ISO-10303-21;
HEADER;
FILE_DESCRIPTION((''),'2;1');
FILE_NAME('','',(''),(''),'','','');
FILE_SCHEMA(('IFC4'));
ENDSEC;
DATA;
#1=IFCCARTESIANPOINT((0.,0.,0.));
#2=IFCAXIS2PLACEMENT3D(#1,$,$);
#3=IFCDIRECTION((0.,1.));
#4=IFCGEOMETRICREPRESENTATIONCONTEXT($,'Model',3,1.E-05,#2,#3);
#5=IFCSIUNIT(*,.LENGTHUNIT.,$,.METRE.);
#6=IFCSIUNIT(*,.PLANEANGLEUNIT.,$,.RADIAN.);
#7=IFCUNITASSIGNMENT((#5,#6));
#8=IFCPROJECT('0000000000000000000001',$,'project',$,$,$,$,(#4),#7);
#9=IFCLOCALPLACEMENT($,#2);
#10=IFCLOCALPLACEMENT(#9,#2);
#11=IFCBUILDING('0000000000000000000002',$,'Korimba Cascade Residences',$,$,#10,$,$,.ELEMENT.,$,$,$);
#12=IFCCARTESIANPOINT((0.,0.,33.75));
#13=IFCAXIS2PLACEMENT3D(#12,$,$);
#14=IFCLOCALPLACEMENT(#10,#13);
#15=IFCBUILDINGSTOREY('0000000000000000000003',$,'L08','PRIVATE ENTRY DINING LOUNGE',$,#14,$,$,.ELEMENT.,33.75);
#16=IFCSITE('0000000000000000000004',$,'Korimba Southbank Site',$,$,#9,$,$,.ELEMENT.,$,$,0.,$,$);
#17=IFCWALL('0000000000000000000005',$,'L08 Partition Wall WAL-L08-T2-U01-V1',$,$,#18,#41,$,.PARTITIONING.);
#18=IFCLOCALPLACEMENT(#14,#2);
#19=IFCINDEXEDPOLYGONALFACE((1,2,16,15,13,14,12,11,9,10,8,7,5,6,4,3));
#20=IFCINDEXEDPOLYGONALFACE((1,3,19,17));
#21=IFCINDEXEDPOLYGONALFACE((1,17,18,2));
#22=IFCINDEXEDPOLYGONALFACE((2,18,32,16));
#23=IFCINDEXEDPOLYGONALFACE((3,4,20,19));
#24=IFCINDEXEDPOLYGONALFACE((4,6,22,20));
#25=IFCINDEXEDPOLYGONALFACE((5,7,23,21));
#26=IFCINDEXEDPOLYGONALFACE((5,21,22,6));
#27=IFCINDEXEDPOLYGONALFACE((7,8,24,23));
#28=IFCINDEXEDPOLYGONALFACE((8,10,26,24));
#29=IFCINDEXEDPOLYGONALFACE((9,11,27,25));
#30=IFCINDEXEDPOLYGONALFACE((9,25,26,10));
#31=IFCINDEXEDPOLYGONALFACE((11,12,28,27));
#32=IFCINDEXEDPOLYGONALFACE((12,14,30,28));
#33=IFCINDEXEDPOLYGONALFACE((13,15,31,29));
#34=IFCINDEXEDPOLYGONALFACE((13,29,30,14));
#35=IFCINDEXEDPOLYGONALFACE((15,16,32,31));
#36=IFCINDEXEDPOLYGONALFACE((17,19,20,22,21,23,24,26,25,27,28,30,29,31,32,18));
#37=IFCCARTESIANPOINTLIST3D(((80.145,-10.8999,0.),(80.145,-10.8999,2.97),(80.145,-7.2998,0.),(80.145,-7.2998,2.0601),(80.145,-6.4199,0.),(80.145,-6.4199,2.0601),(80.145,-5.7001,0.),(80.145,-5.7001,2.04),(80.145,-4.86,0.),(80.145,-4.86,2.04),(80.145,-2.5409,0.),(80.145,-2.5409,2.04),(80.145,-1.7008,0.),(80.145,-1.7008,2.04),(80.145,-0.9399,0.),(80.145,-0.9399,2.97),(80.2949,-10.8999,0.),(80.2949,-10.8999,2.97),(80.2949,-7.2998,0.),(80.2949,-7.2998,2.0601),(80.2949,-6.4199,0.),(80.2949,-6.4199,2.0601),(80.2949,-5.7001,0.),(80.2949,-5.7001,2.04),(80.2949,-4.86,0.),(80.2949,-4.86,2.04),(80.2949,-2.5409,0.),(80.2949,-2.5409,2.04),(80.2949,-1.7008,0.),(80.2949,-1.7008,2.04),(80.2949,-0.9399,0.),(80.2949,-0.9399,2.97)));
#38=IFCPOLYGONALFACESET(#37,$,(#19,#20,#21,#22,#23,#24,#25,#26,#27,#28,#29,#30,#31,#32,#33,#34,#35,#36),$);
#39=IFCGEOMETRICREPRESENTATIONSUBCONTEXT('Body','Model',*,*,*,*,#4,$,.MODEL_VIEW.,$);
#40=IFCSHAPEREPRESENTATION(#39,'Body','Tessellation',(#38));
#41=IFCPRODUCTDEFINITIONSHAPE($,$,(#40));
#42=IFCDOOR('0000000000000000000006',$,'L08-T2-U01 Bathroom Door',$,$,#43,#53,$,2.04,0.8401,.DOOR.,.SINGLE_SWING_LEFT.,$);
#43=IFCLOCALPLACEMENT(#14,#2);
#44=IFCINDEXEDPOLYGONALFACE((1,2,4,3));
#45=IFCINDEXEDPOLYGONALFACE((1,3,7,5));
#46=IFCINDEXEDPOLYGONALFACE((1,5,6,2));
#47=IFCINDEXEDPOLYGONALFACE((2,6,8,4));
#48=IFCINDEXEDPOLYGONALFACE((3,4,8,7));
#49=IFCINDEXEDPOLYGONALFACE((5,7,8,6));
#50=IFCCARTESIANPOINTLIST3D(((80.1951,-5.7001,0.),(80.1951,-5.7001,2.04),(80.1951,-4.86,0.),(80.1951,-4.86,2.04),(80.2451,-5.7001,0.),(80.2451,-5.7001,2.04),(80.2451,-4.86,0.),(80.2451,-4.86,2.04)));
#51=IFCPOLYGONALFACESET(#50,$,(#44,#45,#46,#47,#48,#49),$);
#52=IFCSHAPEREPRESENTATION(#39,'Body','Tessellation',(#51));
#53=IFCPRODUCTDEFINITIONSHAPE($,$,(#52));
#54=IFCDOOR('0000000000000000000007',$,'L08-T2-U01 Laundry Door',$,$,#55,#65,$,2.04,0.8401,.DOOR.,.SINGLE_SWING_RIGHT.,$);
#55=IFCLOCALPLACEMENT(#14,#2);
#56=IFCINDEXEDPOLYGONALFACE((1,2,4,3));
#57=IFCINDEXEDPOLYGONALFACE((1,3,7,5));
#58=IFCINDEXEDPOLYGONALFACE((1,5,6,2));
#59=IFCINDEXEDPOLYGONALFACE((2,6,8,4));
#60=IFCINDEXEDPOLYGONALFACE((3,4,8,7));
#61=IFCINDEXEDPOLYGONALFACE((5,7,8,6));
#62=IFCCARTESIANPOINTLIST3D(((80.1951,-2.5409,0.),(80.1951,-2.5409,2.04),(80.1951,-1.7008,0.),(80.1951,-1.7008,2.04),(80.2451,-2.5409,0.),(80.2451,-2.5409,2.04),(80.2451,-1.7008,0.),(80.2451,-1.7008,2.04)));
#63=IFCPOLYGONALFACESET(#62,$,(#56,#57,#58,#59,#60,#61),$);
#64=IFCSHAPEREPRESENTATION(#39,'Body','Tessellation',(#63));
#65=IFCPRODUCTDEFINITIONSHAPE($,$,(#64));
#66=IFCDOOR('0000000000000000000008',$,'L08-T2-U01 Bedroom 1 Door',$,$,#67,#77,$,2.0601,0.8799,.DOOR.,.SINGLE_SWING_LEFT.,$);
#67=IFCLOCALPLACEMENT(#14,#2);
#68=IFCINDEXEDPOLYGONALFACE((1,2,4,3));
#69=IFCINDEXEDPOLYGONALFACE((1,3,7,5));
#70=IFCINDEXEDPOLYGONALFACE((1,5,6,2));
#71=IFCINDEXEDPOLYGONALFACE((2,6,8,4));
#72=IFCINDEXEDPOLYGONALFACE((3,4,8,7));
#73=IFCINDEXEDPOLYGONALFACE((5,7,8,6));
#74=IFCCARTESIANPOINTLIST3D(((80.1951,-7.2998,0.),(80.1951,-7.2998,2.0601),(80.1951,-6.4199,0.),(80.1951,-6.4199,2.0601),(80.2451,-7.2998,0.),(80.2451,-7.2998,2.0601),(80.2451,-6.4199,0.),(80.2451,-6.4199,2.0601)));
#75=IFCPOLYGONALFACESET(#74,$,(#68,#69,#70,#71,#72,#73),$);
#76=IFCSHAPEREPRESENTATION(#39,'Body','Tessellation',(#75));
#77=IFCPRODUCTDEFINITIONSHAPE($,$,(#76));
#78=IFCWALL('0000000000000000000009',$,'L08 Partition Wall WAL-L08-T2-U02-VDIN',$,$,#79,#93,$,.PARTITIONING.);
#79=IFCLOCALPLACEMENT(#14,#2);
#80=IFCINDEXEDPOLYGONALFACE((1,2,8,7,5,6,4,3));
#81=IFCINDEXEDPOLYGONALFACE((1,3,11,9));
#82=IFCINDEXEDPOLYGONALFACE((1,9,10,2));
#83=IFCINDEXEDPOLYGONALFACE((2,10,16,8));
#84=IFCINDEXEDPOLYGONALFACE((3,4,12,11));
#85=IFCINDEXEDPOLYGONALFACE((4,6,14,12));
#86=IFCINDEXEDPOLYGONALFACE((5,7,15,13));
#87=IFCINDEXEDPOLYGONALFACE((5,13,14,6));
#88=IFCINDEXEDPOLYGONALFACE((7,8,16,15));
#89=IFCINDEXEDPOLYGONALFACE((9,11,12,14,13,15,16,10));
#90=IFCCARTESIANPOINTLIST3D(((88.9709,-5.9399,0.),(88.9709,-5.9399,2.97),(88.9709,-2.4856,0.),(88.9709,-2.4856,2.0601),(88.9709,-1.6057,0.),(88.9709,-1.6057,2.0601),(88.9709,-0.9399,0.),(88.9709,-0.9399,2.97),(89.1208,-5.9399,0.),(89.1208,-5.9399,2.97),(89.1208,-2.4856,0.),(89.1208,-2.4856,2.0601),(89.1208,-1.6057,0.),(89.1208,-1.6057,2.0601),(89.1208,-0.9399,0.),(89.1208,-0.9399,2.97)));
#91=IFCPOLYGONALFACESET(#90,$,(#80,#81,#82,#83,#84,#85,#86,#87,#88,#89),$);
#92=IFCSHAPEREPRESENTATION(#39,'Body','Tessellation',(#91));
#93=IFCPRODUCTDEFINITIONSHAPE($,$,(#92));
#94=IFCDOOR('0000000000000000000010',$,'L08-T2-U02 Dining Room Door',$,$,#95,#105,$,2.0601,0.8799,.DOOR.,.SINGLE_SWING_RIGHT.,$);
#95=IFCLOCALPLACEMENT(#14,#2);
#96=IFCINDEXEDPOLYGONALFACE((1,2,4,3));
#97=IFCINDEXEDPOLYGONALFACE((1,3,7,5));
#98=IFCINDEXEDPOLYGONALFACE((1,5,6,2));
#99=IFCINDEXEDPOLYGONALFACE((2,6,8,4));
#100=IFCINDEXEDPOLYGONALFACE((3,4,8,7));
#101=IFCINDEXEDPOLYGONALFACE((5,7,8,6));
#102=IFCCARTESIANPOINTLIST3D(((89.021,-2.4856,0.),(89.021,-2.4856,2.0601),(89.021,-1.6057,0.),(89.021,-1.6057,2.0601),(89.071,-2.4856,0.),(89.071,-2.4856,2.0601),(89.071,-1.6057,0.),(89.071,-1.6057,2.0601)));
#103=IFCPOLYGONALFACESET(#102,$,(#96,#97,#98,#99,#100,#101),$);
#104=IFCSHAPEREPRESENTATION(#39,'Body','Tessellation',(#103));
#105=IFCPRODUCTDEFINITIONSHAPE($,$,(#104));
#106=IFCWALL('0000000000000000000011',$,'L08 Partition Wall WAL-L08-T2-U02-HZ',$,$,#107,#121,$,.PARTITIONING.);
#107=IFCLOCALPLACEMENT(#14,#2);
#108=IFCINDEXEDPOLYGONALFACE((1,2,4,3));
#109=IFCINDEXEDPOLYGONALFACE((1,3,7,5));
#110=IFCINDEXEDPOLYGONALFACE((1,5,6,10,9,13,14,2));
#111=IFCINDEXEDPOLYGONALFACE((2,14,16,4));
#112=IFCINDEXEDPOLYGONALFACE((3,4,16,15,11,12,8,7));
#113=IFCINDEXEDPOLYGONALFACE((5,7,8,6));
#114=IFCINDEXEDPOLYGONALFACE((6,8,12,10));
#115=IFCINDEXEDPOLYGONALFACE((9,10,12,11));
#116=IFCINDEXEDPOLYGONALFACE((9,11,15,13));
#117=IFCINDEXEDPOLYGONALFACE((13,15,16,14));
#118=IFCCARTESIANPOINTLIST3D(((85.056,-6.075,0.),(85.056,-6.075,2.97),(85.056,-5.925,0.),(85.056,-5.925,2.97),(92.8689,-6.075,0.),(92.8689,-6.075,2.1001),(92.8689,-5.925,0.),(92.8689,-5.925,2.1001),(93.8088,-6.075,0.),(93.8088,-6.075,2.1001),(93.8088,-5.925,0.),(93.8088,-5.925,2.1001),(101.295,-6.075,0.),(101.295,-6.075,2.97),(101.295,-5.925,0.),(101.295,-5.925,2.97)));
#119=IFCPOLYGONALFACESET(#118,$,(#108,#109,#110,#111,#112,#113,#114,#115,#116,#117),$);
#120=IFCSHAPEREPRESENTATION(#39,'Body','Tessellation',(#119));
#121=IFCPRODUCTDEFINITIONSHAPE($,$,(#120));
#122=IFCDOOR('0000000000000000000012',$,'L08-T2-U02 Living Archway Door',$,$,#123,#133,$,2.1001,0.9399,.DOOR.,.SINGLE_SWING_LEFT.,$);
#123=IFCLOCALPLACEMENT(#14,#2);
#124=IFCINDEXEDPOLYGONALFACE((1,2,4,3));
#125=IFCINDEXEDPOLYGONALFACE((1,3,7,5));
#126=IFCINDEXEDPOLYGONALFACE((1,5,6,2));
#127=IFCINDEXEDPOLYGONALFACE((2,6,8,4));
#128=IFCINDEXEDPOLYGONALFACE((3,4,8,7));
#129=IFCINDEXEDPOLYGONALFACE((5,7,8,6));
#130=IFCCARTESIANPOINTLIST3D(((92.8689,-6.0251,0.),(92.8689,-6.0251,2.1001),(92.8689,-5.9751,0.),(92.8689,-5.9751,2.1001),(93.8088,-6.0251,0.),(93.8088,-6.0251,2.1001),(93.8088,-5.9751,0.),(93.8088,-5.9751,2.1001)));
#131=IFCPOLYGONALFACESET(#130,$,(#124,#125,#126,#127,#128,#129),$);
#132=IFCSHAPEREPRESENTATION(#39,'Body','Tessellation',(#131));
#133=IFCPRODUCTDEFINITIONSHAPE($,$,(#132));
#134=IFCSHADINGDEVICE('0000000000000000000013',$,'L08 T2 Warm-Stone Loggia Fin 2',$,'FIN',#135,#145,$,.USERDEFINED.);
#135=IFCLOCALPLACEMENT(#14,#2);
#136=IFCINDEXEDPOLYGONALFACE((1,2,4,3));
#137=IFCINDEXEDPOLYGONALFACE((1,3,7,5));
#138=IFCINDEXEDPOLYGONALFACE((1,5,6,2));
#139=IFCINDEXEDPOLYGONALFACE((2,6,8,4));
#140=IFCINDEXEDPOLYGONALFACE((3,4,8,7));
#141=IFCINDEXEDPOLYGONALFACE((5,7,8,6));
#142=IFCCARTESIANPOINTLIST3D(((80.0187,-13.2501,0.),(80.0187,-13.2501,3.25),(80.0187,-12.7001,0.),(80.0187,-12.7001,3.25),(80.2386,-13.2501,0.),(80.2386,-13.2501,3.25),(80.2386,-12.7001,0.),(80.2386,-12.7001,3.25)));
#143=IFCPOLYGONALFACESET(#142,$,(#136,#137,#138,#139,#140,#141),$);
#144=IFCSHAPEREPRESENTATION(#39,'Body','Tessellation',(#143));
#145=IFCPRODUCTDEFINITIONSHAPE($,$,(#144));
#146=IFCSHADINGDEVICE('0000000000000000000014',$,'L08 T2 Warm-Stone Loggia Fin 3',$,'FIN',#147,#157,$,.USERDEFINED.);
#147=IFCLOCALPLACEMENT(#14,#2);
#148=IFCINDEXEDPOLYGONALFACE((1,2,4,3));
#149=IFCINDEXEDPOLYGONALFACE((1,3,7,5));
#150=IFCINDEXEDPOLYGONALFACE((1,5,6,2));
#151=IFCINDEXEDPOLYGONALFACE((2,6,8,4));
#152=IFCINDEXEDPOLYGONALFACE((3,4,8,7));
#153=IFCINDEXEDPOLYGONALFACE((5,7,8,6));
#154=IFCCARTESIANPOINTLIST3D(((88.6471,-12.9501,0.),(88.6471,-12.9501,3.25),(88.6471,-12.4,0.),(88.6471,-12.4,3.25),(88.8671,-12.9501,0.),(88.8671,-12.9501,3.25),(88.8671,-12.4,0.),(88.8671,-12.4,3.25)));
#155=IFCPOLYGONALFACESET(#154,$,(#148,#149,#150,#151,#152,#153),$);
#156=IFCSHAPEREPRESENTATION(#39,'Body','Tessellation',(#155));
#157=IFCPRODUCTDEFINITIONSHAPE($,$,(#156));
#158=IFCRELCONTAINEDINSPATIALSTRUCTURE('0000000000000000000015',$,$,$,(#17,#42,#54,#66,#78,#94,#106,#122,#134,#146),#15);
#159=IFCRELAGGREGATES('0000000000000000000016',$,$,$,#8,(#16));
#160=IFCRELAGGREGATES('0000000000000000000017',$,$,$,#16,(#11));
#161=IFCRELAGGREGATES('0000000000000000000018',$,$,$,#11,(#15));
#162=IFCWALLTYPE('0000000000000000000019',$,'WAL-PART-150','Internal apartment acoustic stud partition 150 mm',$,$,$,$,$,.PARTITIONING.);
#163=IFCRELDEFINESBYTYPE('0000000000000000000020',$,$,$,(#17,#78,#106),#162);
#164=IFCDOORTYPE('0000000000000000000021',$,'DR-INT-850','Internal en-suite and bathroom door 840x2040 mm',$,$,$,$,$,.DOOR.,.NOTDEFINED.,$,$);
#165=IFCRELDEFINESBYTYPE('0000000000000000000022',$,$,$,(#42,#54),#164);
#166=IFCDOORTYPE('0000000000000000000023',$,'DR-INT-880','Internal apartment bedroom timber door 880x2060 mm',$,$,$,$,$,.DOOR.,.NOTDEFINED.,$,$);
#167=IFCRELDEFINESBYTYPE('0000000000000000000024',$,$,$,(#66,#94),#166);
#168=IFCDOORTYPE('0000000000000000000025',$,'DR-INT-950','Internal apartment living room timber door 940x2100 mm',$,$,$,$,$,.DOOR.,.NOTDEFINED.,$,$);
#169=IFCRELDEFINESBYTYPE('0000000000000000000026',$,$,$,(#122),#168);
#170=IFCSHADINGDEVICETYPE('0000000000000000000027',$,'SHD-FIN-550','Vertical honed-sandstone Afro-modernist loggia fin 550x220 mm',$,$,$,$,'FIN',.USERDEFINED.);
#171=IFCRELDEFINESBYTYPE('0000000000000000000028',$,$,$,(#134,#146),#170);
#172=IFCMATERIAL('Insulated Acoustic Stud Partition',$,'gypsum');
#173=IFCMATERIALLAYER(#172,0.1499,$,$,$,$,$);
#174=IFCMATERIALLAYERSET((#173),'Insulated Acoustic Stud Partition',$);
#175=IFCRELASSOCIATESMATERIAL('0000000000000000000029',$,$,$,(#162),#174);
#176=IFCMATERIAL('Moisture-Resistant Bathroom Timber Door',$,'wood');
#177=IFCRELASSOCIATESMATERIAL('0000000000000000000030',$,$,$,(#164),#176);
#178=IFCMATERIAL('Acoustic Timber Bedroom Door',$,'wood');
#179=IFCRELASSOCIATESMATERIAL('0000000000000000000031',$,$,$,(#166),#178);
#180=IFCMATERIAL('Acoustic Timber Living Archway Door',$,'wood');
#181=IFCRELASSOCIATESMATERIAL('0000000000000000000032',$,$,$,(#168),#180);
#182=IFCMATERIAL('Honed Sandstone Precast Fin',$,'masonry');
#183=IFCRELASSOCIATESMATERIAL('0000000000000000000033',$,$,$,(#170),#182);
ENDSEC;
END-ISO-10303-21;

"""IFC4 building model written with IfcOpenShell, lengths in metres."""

from ifc_helpers import new_model, si_unit, direction, frame, frame_2d, origin, origin_2d, place, context, subcontext, project, spatial, rectangle, extrude, material, layer, layer_set, type_object, element, fill, save


model = new_model("IFC4")

# Units and contexts
model_context = context("Model", 3, precision=1e-05, world=origin(), true_north=direction((0.0, 1.0)))
body_context = subcontext(model_context, "Body", "Model", "MODEL_VIEW")
ifc_project = project(units=[si_unit("LENGTHUNIT", "METRE"), si_unit("PLANEANGLEUNIT", "RADIAN")], contexts=[model_context])

# Site, building, storey
site_placement = place(None, origin())
site = spatial("IfcSite", under=ifc_project, at=site_placement, Name="Korimba Southbank Site", CompositionType="ELEMENT", RefElevation=0.0)
building_placement = place(site_placement, origin())
building = spatial("IfcBuilding", under=site, at=building_placement, Name="Korimba Cascade Residences", CompositionType="ELEMENT")
storey_placement = place(building_placement, frame((0.0, 0.0, 33.75)))
storey = spatial("IfcBuildingStorey", under=building, at=storey_placement, Name="L08", Description="PRIVATE ENTRY DINING LOUNGE", CompositionType="ELEMENT", Elevation=33.75)

# Wall, openings, doors
ifc_material_1 = material(Name="Insulated Acoustic Stud Partition", Category="gypsum")
ifc_layer_1 = layer(ifc_material_1, 0.1499)
ifc_layer_set_1 = layer_set([ifc_layer_1], Name="Insulated Acoustic Stud Partition")
wall_type_1 = type_object("IfcWallType", Name="WAL-PART-150", Description="Internal apartment acoustic stud partition 150 mm", PredefinedType="PARTITIONING", material=ifc_layer_set_1)
wall_1_placement = place(storey_placement, frame((80.22, -10.8999, 0.0), z_axis=(0.0, 0.0, 1.0), x_axis=(0.0, 1.0, 0.0)))
wall_1 = element("IfcWall", 1, at=wall_1_placement, inside=storey, type_object=wall_type_1, Name="L08 Partition Wall WAL-L08-T2-U01-V1", PredefinedType="PARTITIONING", context=body_context, shape_type="SweptSolid", body=[
    extrude(rectangle(XDim=9.96, YDim=0.1499, at=frame_2d((4.98, 0.0))), origin(), (0.0, 0.0, 1.0), 2.97),
])
opening_1_placement = place(wall_1_placement, frame((5.2, 0.0, 0.0)))
opening_1 = element("IfcOpeningElement", 2, at=opening_1_placement, cuts=wall_1, PredefinedType="OPENING", context=body_context, shape_type="SweptSolid", body=[
    extrude(rectangle(XDim=0.8401, YDim=2.04, at=frame_2d((0.4199, 1.02))), frame((0.0, 0.085, 0.0), z_axis=(0.0, -1.0, 0.0), x_axis=(1.0, 0.0, 0.0)), (0.0, 0.0, 1.0), 0.1699),
])
opening_2_placement = place(wall_1_placement, frame((8.3591, 0.0, 0.0)))
opening_2 = element("IfcOpeningElement", 3, at=opening_2_placement, cuts=wall_1, PredefinedType="OPENING", context=body_context, shape_type="SweptSolid", body=[
    extrude(rectangle(XDim=0.8401, YDim=2.04, at=frame_2d((0.4199, 1.02))), frame((0.0, 0.085, 0.0), z_axis=(0.0, -1.0, 0.0), x_axis=(1.0, 0.0, 0.0)), (0.0, 0.0, 1.0), 0.1699),
])
opening_3_placement = place(wall_1_placement, frame((3.6001, 0.0, 0.0)))
opening_3 = element("IfcOpeningElement", 4, at=opening_3_placement, cuts=wall_1, PredefinedType="OPENING", context=body_context, shape_type="SweptSolid", body=[
    extrude(rectangle(XDim=0.8799, YDim=2.0601, at=frame_2d((0.4399, 1.03))), frame((0.0, 0.085, 0.0), z_axis=(0.0, -1.0, 0.0), x_axis=(1.0, 0.0, 0.0)), (0.0, 0.0, 1.0), 0.1699),
])
ifc_material_2 = material(Name="Moisture-Resistant Bathroom Timber Door", Category="wood")
door_type_1 = type_object("IfcDoorType", Name="DR-INT-850", Description="Internal en-suite and bathroom door 840x2040 mm", OperationType="NOTDEFINED", PredefinedType="DOOR", material=ifc_material_2)
door_1_placement = place(opening_1_placement, origin())
door_1 = element("IfcDoor", 5, at=door_1_placement, inside=storey, type_object=door_type_1, Name="L08-T2-U01 Bathroom Door", OperationType="SINGLE_SWING_LEFT", OverallHeight=2.04, OverallWidth=0.8401, PredefinedType="DOOR", context=body_context, shape_type="SweptSolid", body=[
    extrude(rectangle(XDim=0.8401, YDim=2.04, at=frame_2d((0.4199, 1.02))), frame((0.0, 0.0249, 0.0), z_axis=(0.0, -1.0, 0.0), x_axis=(1.0, 0.0, 0.0)), (0.0, 0.0, 1.0), 0.05),
])
fill(opening_1, door_1)
door_2_placement = place(opening_2_placement, origin())
door_2 = element("IfcDoor", 6, at=door_2_placement, inside=storey, type_object=door_type_1, Name="L08-T2-U01 Laundry Door", OperationType="SINGLE_SWING_RIGHT", OverallHeight=2.04, OverallWidth=0.8401, PredefinedType="DOOR", context=body_context, shape_type="SweptSolid", body=[
    extrude(rectangle(XDim=0.8401, YDim=2.04, at=frame_2d((0.4199, 1.02))), frame((0.0, 0.0249, 0.0), z_axis=(0.0, -1.0, 0.0), x_axis=(1.0, 0.0, 0.0)), (0.0, 0.0, 1.0), 0.05),
])
fill(opening_2, door_2)
ifc_material_3 = material(Name="Acoustic Timber Bedroom Door", Category="wood")
door_type_2 = type_object("IfcDoorType", Name="DR-INT-880", Description="Internal apartment bedroom timber door 880x2060 mm", OperationType="NOTDEFINED", PredefinedType="DOOR", material=ifc_material_3)
door_3_placement = place(opening_3_placement, origin())
door_3 = element("IfcDoor", 7, at=door_3_placement, inside=storey, type_object=door_type_2, Name="L08-T2-U01 Bedroom 1 Door", OperationType="SINGLE_SWING_LEFT", OverallHeight=2.0601, OverallWidth=0.8799, PredefinedType="DOOR", context=body_context, shape_type="SweptSolid", body=[
    extrude(rectangle(XDim=0.8799, YDim=2.0601, at=frame_2d((0.4399, 1.03))), frame((0.0, 0.0249, 0.0), z_axis=(0.0, -1.0, 0.0), x_axis=(1.0, 0.0, 0.0)), (0.0, 0.0, 1.0), 0.05),
])
fill(opening_3, door_3)

# Walls, openings, doors
wall_2_placement = place(storey_placement, frame((89.0459, -5.9399, 0.0), z_axis=(0.0, 0.0, 1.0), x_axis=(0.0, 1.0, 0.0)))
wall_2 = element("IfcWall", 8, at=wall_2_placement, inside=storey, type_object=wall_type_1, Name="L08 Partition Wall WAL-L08-T2-U02-VDIN", PredefinedType="PARTITIONING", context=body_context, shape_type="SweptSolid", body=[
    extrude(rectangle(XDim=5.0, YDim=0.1499, at=frame_2d((2.5, 0.0))), origin(), (0.0, 0.0, 1.0), 2.97),
])
opening_4_placement = place(wall_2_placement, frame((3.4543, 0.0, 0.0)))
opening_4 = element("IfcOpeningElement", 9, at=opening_4_placement, cuts=wall_2, PredefinedType="OPENING", context=body_context, shape_type="SweptSolid", body=[
    extrude(rectangle(XDim=0.8799, YDim=2.0601, at=frame_2d((0.4399, 1.03))), frame((0.0, 0.085, 0.0), z_axis=(0.0, -1.0, 0.0), x_axis=(1.0, 0.0, 0.0)), (0.0, 0.0, 1.0), 0.1699),
])
door_4_placement = place(opening_4_placement, origin())
door_4 = element("IfcDoor", 10, at=door_4_placement, inside=storey, type_object=door_type_2, Name="L08-T2-U02 Dining Room Door", OperationType="SINGLE_SWING_RIGHT", OverallHeight=2.0601, OverallWidth=0.8799, PredefinedType="DOOR", context=body_context, shape_type="SweptSolid", body=[
    extrude(rectangle(XDim=0.8799, YDim=2.0601, at=frame_2d((0.4399, 1.03))), frame((0.0, 0.0249, 0.0), z_axis=(0.0, -1.0, 0.0), x_axis=(1.0, 0.0, 0.0)), (0.0, 0.0, 1.0), 0.05),
])
fill(opening_4, door_4)
wall_3_placement = place(storey_placement, frame((85.0559, -6.0, 0.0), z_axis=(0.0, 0.0, 1.0), x_axis=(1.0, 0.0, 0.0)))
wall_3 = element("IfcWall", 11, at=wall_3_placement, inside=storey, type_object=wall_type_1, Name="L08 Partition Wall WAL-L08-T2-U02-HZ", PredefinedType="PARTITIONING", context=body_context, shape_type="SweptSolid", body=[
    extrude(rectangle(XDim=16.239, YDim=0.1499, at=frame_2d((8.1196, 0.0))), origin(), (0.0, 0.0, 1.0), 2.97),
])
opening_5_placement = place(wall_3_placement, frame((7.813, 0.0, 0.0)))
opening_5 = element("IfcOpeningElement", 12, at=opening_5_placement, cuts=wall_3, PredefinedType="OPENING", context=body_context, shape_type="SweptSolid", body=[
    extrude(rectangle(XDim=0.9399, YDim=2.1001, at=frame_2d((0.47, 1.05))), frame((0.0, 0.085, 0.0), z_axis=(0.0, -1.0, 0.0), x_axis=(1.0, 0.0, 0.0)), (0.0, 0.0, 1.0), 0.1699),
])
ifc_material_4 = material(Name="Acoustic Timber Living Archway Door", Category="wood")
door_type_3 = type_object("IfcDoorType", Name="DR-INT-950", Description="Internal apartment living room timber door 940x2100 mm", OperationType="NOTDEFINED", PredefinedType="DOOR", material=ifc_material_4)
door_5_placement = place(opening_5_placement, origin())
door_5 = element("IfcDoor", 13, at=door_5_placement, inside=storey, type_object=door_type_3, Name="L08-T2-U02 Living Archway Door", OperationType="SINGLE_SWING_LEFT", OverallHeight=2.1001, OverallWidth=0.9399, PredefinedType="DOOR", context=body_context, shape_type="SweptSolid", body=[
    extrude(rectangle(XDim=0.9399, YDim=2.1001, at=frame_2d((0.47, 1.05))), frame((0.0, 0.0249, 0.0), z_axis=(0.0, -1.0, 0.0), x_axis=(1.0, 0.0, 0.0)), (0.0, 0.0, 1.0), 0.05),
])
fill(opening_5, door_5)

# Shading devices
ifc_material_5 = material(Name="Honed Sandstone Precast Fin", Category="masonry")
shading_device_type = type_object("IfcShadingDeviceType", Name="SHD-FIN-550", Description="Vertical honed-sandstone Afro-modernist loggia fin 550x220 mm", ElementType="FIN", PredefinedType="USERDEFINED", material=ifc_material_5)
for number, where, z_axis, x_axis, name in (
    (14, (80.1287, -12.9751, 0.0), (0.0, 0.0, 1.0), (1.0, 0.0, 0.0), "L08 T2 Warm-Stone Loggia Fin 2"),
    (15, (88.7571, -12.675, 0.0), (0.0, 0.0, 1.0), (1.0, 0.0, 0.0), "L08 T2 Warm-Stone Loggia Fin 3"),
):
    element("IfcShadingDevice", number, at=place(storey_placement, frame(where, z_axis=z_axis, x_axis=x_axis)), inside=storey, type_object=shading_device_type, Name=name, ObjectType="FIN", PredefinedType="USERDEFINED", context=body_context, shape_type="SweptSolid", body=[
        extrude(rectangle(XDim=0.22, YDim=0.55, at=origin_2d()), origin(), (0.0, 0.0, 1.0), 3.25),
    ])

save(model, "model.ifc")
